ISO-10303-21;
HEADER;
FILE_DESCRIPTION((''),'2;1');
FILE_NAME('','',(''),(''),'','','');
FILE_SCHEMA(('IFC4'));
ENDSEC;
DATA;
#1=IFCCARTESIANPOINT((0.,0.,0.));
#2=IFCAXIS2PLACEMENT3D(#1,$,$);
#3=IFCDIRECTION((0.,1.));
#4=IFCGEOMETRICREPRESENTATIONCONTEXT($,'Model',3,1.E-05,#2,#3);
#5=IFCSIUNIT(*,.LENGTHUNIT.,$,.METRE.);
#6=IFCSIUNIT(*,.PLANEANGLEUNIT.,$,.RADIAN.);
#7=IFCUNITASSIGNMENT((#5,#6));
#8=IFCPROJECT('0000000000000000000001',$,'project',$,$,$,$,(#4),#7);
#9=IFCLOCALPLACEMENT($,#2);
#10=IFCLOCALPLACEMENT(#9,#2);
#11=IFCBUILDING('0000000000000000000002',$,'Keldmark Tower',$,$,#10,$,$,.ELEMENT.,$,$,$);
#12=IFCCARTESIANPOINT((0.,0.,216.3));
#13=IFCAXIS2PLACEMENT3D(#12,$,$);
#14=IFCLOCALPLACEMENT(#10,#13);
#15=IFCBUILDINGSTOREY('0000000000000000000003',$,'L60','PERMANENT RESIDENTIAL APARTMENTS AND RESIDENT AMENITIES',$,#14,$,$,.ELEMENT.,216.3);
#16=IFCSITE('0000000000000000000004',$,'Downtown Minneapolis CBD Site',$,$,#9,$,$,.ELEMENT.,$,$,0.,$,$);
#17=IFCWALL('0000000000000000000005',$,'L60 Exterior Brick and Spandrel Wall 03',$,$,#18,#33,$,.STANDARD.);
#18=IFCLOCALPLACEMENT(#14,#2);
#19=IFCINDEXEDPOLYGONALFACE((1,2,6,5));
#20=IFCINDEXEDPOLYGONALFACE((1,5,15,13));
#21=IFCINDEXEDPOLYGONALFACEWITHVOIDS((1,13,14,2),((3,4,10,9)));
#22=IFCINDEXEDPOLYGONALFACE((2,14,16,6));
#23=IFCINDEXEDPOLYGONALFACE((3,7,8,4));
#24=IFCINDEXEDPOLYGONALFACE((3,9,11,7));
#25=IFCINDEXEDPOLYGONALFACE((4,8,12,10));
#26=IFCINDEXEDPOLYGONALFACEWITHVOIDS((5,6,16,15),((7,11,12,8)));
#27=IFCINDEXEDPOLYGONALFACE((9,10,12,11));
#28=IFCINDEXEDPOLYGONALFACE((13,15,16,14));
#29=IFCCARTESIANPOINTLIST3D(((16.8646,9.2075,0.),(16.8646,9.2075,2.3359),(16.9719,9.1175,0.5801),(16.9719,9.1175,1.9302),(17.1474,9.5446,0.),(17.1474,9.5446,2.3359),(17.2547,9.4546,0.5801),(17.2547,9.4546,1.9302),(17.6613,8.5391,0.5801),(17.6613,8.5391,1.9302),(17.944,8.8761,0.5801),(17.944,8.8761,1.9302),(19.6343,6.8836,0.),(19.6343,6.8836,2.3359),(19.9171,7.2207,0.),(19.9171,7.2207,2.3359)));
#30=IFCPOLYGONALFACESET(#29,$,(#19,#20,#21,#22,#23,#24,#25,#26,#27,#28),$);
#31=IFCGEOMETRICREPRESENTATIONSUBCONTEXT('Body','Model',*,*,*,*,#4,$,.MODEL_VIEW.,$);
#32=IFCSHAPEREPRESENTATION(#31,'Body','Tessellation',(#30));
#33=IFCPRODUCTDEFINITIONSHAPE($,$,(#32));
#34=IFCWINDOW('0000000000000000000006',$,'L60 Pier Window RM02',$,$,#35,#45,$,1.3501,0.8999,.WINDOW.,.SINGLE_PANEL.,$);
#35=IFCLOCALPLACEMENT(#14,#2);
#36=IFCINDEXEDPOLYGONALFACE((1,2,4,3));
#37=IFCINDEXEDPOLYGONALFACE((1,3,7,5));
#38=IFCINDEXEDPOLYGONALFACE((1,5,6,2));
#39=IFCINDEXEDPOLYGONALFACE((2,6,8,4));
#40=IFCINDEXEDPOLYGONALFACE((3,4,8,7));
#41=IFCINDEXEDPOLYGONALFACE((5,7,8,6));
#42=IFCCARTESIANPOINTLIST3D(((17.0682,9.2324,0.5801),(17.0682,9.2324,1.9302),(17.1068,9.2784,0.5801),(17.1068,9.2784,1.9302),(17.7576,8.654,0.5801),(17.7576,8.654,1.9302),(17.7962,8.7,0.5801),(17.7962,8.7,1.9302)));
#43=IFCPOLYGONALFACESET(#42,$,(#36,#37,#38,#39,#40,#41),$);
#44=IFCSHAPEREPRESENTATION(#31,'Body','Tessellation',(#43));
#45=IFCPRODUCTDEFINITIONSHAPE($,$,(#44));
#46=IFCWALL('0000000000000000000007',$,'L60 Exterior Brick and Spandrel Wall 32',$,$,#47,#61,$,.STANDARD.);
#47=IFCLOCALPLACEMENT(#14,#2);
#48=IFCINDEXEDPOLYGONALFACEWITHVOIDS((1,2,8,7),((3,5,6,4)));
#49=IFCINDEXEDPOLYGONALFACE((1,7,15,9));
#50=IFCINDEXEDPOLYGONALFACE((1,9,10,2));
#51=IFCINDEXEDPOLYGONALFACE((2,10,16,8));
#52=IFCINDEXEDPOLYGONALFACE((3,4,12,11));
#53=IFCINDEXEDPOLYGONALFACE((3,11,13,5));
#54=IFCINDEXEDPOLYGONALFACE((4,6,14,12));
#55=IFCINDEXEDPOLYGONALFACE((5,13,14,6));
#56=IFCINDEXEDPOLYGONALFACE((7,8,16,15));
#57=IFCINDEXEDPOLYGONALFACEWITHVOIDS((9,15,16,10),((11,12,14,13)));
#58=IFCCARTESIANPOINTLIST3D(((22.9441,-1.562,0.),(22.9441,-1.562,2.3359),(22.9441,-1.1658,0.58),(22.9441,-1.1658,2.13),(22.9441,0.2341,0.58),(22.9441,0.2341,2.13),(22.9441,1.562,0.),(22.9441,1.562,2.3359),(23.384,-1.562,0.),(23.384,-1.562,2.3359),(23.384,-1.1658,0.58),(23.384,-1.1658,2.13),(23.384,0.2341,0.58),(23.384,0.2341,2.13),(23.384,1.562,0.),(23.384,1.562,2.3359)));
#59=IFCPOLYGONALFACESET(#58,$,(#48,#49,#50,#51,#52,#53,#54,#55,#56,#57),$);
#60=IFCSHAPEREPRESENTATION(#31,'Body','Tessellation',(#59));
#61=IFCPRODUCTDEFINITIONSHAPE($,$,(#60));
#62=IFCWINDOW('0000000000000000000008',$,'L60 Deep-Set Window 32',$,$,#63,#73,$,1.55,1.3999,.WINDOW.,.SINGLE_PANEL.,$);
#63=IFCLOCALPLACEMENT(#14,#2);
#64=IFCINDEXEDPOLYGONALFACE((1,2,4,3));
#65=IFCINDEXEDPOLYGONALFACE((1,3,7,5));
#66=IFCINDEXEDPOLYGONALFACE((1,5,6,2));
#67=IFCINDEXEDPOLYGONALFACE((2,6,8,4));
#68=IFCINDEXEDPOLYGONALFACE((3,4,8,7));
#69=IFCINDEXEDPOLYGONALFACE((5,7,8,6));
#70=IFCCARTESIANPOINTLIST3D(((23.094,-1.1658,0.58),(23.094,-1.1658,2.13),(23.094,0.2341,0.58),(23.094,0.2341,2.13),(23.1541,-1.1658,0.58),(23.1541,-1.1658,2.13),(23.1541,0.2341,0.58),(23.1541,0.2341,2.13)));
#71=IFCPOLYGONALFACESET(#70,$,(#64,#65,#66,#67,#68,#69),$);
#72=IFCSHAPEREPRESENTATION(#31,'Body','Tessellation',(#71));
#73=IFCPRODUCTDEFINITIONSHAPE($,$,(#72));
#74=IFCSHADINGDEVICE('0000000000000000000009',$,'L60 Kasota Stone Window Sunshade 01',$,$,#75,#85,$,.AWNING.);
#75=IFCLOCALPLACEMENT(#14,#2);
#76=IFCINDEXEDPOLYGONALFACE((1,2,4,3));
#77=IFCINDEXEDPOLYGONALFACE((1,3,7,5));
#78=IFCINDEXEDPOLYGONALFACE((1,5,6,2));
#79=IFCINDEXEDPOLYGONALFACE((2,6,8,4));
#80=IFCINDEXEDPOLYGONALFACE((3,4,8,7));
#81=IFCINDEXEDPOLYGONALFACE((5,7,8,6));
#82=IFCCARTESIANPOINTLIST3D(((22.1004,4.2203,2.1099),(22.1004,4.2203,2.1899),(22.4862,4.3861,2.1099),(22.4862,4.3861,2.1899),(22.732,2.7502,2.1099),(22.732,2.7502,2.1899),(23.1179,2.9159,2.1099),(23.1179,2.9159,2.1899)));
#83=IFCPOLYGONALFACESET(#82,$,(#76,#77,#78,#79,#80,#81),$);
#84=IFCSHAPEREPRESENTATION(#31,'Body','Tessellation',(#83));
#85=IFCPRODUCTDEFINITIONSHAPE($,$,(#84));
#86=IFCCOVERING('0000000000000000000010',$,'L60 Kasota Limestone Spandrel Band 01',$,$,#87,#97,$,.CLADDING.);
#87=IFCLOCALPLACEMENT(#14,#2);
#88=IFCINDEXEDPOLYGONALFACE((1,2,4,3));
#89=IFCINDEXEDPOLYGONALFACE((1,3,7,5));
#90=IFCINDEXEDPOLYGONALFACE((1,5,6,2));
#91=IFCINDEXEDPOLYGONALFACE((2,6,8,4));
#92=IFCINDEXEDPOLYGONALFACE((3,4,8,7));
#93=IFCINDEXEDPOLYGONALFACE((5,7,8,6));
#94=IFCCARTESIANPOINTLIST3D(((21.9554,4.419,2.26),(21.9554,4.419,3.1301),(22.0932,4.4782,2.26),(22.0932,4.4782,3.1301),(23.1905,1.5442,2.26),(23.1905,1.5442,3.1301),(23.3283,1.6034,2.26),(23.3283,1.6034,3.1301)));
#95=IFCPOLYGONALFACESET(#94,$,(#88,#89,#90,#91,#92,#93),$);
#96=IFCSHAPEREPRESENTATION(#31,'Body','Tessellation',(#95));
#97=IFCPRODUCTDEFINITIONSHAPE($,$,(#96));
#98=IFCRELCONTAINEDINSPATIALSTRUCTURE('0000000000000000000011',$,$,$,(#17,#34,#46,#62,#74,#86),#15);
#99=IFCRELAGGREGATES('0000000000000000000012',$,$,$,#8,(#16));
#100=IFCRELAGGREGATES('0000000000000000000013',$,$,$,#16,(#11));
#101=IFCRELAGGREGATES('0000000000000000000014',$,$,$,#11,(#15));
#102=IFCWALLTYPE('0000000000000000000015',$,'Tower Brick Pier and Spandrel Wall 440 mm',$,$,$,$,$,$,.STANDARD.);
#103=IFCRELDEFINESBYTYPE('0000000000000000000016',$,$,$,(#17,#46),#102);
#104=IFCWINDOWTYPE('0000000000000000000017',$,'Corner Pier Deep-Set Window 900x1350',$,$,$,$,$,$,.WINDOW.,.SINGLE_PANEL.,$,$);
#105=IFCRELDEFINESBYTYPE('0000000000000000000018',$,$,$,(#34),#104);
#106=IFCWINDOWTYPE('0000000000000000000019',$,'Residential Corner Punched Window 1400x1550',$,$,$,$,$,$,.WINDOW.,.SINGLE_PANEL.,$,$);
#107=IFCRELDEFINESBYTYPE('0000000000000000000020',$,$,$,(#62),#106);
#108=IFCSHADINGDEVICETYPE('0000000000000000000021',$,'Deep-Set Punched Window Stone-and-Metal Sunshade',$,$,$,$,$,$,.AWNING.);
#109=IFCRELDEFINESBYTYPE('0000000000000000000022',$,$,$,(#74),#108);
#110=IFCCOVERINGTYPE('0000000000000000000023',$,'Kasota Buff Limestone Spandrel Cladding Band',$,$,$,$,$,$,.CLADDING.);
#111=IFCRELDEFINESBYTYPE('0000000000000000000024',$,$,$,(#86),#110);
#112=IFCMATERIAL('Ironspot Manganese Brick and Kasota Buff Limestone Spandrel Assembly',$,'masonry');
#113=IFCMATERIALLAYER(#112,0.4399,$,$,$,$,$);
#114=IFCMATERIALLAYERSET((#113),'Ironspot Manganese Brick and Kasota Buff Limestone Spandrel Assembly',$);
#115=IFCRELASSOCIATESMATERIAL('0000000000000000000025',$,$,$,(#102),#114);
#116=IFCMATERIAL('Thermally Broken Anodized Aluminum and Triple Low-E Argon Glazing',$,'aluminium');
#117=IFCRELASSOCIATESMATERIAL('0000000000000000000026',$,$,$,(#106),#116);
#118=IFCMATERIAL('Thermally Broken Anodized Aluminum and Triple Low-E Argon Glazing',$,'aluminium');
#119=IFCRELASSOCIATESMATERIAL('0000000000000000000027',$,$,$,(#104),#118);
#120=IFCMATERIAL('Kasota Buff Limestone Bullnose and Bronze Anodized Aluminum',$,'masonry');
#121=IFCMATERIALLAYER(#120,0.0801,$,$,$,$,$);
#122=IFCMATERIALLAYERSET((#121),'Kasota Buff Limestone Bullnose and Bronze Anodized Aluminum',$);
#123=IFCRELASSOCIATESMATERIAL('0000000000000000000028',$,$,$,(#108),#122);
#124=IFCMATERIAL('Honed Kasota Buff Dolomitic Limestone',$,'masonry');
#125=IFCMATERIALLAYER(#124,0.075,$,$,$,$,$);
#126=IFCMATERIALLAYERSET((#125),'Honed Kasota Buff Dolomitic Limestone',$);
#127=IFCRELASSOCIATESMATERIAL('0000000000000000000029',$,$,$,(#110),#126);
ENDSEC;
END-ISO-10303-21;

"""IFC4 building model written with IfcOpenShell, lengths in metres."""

from ifc_helpers import new_model, si_unit, direction, frame, frame_2d, origin, origin_2d, place, context, subcontext, project, spatial, rectangle, extrude, material, layer, layer_set, type_object, element, fill, save


model = new_model("IFC4")

# Units and contexts
model_context = context("Model", 3, precision=1e-05, world=origin(), true_north=direction((0.0, 1.0)))
body_context = subcontext(model_context, "Body", "Model", "MODEL_VIEW")
ifc_project = project(units=[si_unit("LENGTHUNIT", "METRE"), si_unit("PLANEANGLEUNIT", "RADIAN")], contexts=[model_context])

# Site, building, storey
site_placement = place(None, origin())
site = spatial("IfcSite", under=ifc_project, at=site_placement, Name="Downtown Minneapolis CBD Site", CompositionType="ELEMENT", RefElevation=0.0)
building_placement = place(site_placement, origin())
building = spatial("IfcBuilding", under=site, at=building_placement, Name="Keldmark Tower", CompositionType="ELEMENT")
storey_placement = place(building_placement, frame((0.0, 0.0, 216.3)))
storey = spatial("IfcBuildingStorey", under=building, at=storey_placement, Name="L60", Description="PERMANENT RESIDENTIAL APARTMENTS AND RESIDENT AMENITIES", CompositionType="ELEMENT", Elevation=216.3)

# Walls, openings, windows
ifc_material_1 = material(Name="Ironspot Manganese Brick and Kasota Buff Limestone Spandrel Assembly", Category="masonry")
ifc_layer_1 = layer(ifc_material_1, 0.4399)
ifc_layer_set_1 = layer_set([ifc_layer_1], Name="Ironspot Manganese Brick and Kasota Buff Limestone Spandrel Assembly")
wall_type = type_object("IfcWallType", Name="Tower Brick Pier and Spandrel Wall 440 mm", PredefinedType="STANDARD", material=ifc_layer_set_1)
ifc_material_2 = material(Name="Thermally Broken Anodized Aluminum and Triple Low-E Argon Glazing", Category="aluminium")
window_type_1 = type_object("IfcWindowType", Name="Residential Corner Punched Window 1400x1550", PartitioningType="SINGLE_PANEL", PredefinedType="WINDOW", material=ifc_material_2)
ifc_material_3 = material(Name="Thermally Broken Anodized Aluminum and Triple Low-E Argon Glazing", Category="aluminium")
window_type_2 = type_object("IfcWindowType", Name="Corner Pier Deep-Set Window 900x1350", PartitioningType="SINGLE_PANEL", PredefinedType="WINDOW", material=ifc_material_3)
wall_1_placement = place(storey_placement, frame((17.0061, 9.376, 0.0), z_axis=(0.0, 0.0, 1.0), x_axis=(0.766064, -0.642764, 0.0)))
wall_1 = element("IfcWall", 1, at=wall_1_placement, inside=storey, type_object=wall_type, Name="L60 Exterior Brick and Spandrel Wall 03", PredefinedType="STANDARD", context=body_context, shape_type="SweptSolid", body=[
    extrude(rectangle(XDim=3.6155, YDim=0.4399, at=frame_2d((1.8076, 0.0))), origin(), (0.0, 0.0, 1.0), 2.3359),
])
opening_1_placement = place(wall_1_placement, frame((0.1399, 0.0, 0.5801)))
opening_1 = element("IfcOpeningElement", 2, at=opening_1_placement, cuts=wall_1, PredefinedType="OPENING", context=body_context, shape_type="SweptSolid", body=[
    extrude(rectangle(XDim=0.8999, YDim=1.3501, at=frame_2d((0.45, 0.675))), frame((0.0, 0.23, 0.0), z_axis=(0.0, -1.0, 0.0), x_axis=(1.0, 0.0, 0.0)), (0.0, 0.0, 1.0), 0.46),
])
window_1_placement = place(opening_1_placement, origin())
window_1 = element("IfcWindow", 3, at=window_1_placement, inside=storey, type_object=window_type_2, Name="L60 Pier Window RM02", OverallHeight=1.3501, OverallWidth=0.8999, PartitioningType="SINGLE_PANEL", PredefinedType="WINDOW", context=body_context, shape_type="SweptSolid", body=[
    extrude(rectangle(XDim=0.8999, YDim=1.3501, at=frame_2d((0.45, 0.675))), frame((0.0, -0.01, 0.0), z_axis=(0.0, -1.0, 0.0), x_axis=(1.0, 0.0, 0.0)), (0.0, 0.0, 1.0), 0.0601),
])
fill(opening_1, window_1)
wall_2_placement = place(storey_placement, frame((23.1641, 1.562, 0.0), z_axis=(0.0, 0.0, 1.0), x_axis=(0.0, -1.0, 0.0)))
wall_2 = element("IfcWall", 4, at=wall_2_placement, inside=storey, type_object=wall_type, Name="L60 Exterior Brick and Spandrel Wall 32", PredefinedType="STANDARD", context=body_context, shape_type="SweptSolid", body=[
    extrude(rectangle(XDim=3.124, YDim=0.4399, at=frame_2d((1.562, 0.0))), origin(), (0.0, 0.0, 1.0), 2.3359),
])
opening_2_placement = place(wall_2_placement, frame((1.3279, 0.0, 0.5801)))
opening_2 = element("IfcOpeningElement", 5, at=opening_2_placement, cuts=wall_2, PredefinedType="OPENING", context=body_context, shape_type="SweptSolid", body=[
    extrude(rectangle(XDim=1.3999, YDim=1.55, at=frame_2d((0.7, 0.7749))), frame((0.0, 0.23, 0.0), z_axis=(0.0, -1.0, 0.0), x_axis=(1.0, 0.0, 0.0)), (0.0, 0.0, 1.0), 0.46),
])
window_2_placement = place(opening_2_placement, origin())
window_2 = element("IfcWindow", 6, at=window_2_placement, inside=storey, type_object=window_type_1, Name="L60 Deep-Set Window 32", OverallHeight=1.55, OverallWidth=1.3999, PartitioningType="SINGLE_PANEL", PredefinedType="WINDOW", context=body_context, shape_type="SweptSolid", body=[
    extrude(rectangle(XDim=1.3999, YDim=1.55, at=frame_2d((0.7, 0.7749))), frame((0.0, -0.01, 0.0), z_axis=(0.0, -1.0, 0.0), x_axis=(1.0, 0.0, 0.0)), (0.0, 0.0, 1.0), 0.0601),
])
fill(opening_2, window_2)

# Shading device
ifc_material_4 = material(Name="Kasota Buff Limestone Bullnose and Bronze Anodized Aluminum", Category="masonry")
ifc_layer_2 = layer(ifc_material_4, 0.0801)
ifc_layer_set_2 = layer_set([ifc_layer_2], Name="Kasota Buff Limestone Bullnose and Bronze Anodized Aluminum")
shading_device_type = type_object("IfcShadingDeviceType", Name="Deep-Set Punched Window Stone-and-Metal Sunshade", PredefinedType="AWNING", material=ifc_layer_set_2)
shading_device_placement = place(storey_placement, frame((22.6091, 3.5681, 2.1099), z_axis=(0.0, 0.0, 1.0), x_axis=(0.394744, -0.918791, 0.0)))
element("IfcShadingDevice", 7, at=shading_device_placement, inside=storey, type_object=shading_device_type, Name="L60 Kasota Stone Window Sunshade 01", PredefinedType="AWNING", context=body_context, shape_type="SweptSolid", body=[
    extrude(rectangle(XDim=1.6001, YDim=0.4199, at=origin_2d()), origin(), (0.0, 0.0, 1.0), 0.0801),
])

# Covering
ifc_material_5 = material(Name="Honed Kasota Buff Dolomitic Limestone", Category="masonry")
ifc_layer_3 = layer(ifc_material_5, 0.075)
ifc_layer_set_3 = layer_set([ifc_layer_3], Name="Honed Kasota Buff Dolomitic Limestone")
covering_type = type_object("IfcCoveringType", Name="Kasota Buff Limestone Spandrel Cladding Band", PredefinedType="CLADDING", material=ifc_layer_set_3)
covering_placement = place(storey_placement, frame((22.6418, 3.0112, 2.26), z_axis=(0.0, 0.0, 1.0), x_axis=(-0.394744, 0.918791, 0.0)))
element("IfcCovering", 8, at=covering_placement, inside=storey, type_object=covering_type, Name="L60 Kasota Limestone Spandrel Band 01", PredefinedType="CLADDING", context=body_context, shape_type="SweptSolid", body=[
    extrude(rectangle(XDim=3.1289, YDim=0.1499, at=origin_2d()), origin(), (0.0, 0.0, 1.0), 0.8701),
])

save(model, "model.ifc")
